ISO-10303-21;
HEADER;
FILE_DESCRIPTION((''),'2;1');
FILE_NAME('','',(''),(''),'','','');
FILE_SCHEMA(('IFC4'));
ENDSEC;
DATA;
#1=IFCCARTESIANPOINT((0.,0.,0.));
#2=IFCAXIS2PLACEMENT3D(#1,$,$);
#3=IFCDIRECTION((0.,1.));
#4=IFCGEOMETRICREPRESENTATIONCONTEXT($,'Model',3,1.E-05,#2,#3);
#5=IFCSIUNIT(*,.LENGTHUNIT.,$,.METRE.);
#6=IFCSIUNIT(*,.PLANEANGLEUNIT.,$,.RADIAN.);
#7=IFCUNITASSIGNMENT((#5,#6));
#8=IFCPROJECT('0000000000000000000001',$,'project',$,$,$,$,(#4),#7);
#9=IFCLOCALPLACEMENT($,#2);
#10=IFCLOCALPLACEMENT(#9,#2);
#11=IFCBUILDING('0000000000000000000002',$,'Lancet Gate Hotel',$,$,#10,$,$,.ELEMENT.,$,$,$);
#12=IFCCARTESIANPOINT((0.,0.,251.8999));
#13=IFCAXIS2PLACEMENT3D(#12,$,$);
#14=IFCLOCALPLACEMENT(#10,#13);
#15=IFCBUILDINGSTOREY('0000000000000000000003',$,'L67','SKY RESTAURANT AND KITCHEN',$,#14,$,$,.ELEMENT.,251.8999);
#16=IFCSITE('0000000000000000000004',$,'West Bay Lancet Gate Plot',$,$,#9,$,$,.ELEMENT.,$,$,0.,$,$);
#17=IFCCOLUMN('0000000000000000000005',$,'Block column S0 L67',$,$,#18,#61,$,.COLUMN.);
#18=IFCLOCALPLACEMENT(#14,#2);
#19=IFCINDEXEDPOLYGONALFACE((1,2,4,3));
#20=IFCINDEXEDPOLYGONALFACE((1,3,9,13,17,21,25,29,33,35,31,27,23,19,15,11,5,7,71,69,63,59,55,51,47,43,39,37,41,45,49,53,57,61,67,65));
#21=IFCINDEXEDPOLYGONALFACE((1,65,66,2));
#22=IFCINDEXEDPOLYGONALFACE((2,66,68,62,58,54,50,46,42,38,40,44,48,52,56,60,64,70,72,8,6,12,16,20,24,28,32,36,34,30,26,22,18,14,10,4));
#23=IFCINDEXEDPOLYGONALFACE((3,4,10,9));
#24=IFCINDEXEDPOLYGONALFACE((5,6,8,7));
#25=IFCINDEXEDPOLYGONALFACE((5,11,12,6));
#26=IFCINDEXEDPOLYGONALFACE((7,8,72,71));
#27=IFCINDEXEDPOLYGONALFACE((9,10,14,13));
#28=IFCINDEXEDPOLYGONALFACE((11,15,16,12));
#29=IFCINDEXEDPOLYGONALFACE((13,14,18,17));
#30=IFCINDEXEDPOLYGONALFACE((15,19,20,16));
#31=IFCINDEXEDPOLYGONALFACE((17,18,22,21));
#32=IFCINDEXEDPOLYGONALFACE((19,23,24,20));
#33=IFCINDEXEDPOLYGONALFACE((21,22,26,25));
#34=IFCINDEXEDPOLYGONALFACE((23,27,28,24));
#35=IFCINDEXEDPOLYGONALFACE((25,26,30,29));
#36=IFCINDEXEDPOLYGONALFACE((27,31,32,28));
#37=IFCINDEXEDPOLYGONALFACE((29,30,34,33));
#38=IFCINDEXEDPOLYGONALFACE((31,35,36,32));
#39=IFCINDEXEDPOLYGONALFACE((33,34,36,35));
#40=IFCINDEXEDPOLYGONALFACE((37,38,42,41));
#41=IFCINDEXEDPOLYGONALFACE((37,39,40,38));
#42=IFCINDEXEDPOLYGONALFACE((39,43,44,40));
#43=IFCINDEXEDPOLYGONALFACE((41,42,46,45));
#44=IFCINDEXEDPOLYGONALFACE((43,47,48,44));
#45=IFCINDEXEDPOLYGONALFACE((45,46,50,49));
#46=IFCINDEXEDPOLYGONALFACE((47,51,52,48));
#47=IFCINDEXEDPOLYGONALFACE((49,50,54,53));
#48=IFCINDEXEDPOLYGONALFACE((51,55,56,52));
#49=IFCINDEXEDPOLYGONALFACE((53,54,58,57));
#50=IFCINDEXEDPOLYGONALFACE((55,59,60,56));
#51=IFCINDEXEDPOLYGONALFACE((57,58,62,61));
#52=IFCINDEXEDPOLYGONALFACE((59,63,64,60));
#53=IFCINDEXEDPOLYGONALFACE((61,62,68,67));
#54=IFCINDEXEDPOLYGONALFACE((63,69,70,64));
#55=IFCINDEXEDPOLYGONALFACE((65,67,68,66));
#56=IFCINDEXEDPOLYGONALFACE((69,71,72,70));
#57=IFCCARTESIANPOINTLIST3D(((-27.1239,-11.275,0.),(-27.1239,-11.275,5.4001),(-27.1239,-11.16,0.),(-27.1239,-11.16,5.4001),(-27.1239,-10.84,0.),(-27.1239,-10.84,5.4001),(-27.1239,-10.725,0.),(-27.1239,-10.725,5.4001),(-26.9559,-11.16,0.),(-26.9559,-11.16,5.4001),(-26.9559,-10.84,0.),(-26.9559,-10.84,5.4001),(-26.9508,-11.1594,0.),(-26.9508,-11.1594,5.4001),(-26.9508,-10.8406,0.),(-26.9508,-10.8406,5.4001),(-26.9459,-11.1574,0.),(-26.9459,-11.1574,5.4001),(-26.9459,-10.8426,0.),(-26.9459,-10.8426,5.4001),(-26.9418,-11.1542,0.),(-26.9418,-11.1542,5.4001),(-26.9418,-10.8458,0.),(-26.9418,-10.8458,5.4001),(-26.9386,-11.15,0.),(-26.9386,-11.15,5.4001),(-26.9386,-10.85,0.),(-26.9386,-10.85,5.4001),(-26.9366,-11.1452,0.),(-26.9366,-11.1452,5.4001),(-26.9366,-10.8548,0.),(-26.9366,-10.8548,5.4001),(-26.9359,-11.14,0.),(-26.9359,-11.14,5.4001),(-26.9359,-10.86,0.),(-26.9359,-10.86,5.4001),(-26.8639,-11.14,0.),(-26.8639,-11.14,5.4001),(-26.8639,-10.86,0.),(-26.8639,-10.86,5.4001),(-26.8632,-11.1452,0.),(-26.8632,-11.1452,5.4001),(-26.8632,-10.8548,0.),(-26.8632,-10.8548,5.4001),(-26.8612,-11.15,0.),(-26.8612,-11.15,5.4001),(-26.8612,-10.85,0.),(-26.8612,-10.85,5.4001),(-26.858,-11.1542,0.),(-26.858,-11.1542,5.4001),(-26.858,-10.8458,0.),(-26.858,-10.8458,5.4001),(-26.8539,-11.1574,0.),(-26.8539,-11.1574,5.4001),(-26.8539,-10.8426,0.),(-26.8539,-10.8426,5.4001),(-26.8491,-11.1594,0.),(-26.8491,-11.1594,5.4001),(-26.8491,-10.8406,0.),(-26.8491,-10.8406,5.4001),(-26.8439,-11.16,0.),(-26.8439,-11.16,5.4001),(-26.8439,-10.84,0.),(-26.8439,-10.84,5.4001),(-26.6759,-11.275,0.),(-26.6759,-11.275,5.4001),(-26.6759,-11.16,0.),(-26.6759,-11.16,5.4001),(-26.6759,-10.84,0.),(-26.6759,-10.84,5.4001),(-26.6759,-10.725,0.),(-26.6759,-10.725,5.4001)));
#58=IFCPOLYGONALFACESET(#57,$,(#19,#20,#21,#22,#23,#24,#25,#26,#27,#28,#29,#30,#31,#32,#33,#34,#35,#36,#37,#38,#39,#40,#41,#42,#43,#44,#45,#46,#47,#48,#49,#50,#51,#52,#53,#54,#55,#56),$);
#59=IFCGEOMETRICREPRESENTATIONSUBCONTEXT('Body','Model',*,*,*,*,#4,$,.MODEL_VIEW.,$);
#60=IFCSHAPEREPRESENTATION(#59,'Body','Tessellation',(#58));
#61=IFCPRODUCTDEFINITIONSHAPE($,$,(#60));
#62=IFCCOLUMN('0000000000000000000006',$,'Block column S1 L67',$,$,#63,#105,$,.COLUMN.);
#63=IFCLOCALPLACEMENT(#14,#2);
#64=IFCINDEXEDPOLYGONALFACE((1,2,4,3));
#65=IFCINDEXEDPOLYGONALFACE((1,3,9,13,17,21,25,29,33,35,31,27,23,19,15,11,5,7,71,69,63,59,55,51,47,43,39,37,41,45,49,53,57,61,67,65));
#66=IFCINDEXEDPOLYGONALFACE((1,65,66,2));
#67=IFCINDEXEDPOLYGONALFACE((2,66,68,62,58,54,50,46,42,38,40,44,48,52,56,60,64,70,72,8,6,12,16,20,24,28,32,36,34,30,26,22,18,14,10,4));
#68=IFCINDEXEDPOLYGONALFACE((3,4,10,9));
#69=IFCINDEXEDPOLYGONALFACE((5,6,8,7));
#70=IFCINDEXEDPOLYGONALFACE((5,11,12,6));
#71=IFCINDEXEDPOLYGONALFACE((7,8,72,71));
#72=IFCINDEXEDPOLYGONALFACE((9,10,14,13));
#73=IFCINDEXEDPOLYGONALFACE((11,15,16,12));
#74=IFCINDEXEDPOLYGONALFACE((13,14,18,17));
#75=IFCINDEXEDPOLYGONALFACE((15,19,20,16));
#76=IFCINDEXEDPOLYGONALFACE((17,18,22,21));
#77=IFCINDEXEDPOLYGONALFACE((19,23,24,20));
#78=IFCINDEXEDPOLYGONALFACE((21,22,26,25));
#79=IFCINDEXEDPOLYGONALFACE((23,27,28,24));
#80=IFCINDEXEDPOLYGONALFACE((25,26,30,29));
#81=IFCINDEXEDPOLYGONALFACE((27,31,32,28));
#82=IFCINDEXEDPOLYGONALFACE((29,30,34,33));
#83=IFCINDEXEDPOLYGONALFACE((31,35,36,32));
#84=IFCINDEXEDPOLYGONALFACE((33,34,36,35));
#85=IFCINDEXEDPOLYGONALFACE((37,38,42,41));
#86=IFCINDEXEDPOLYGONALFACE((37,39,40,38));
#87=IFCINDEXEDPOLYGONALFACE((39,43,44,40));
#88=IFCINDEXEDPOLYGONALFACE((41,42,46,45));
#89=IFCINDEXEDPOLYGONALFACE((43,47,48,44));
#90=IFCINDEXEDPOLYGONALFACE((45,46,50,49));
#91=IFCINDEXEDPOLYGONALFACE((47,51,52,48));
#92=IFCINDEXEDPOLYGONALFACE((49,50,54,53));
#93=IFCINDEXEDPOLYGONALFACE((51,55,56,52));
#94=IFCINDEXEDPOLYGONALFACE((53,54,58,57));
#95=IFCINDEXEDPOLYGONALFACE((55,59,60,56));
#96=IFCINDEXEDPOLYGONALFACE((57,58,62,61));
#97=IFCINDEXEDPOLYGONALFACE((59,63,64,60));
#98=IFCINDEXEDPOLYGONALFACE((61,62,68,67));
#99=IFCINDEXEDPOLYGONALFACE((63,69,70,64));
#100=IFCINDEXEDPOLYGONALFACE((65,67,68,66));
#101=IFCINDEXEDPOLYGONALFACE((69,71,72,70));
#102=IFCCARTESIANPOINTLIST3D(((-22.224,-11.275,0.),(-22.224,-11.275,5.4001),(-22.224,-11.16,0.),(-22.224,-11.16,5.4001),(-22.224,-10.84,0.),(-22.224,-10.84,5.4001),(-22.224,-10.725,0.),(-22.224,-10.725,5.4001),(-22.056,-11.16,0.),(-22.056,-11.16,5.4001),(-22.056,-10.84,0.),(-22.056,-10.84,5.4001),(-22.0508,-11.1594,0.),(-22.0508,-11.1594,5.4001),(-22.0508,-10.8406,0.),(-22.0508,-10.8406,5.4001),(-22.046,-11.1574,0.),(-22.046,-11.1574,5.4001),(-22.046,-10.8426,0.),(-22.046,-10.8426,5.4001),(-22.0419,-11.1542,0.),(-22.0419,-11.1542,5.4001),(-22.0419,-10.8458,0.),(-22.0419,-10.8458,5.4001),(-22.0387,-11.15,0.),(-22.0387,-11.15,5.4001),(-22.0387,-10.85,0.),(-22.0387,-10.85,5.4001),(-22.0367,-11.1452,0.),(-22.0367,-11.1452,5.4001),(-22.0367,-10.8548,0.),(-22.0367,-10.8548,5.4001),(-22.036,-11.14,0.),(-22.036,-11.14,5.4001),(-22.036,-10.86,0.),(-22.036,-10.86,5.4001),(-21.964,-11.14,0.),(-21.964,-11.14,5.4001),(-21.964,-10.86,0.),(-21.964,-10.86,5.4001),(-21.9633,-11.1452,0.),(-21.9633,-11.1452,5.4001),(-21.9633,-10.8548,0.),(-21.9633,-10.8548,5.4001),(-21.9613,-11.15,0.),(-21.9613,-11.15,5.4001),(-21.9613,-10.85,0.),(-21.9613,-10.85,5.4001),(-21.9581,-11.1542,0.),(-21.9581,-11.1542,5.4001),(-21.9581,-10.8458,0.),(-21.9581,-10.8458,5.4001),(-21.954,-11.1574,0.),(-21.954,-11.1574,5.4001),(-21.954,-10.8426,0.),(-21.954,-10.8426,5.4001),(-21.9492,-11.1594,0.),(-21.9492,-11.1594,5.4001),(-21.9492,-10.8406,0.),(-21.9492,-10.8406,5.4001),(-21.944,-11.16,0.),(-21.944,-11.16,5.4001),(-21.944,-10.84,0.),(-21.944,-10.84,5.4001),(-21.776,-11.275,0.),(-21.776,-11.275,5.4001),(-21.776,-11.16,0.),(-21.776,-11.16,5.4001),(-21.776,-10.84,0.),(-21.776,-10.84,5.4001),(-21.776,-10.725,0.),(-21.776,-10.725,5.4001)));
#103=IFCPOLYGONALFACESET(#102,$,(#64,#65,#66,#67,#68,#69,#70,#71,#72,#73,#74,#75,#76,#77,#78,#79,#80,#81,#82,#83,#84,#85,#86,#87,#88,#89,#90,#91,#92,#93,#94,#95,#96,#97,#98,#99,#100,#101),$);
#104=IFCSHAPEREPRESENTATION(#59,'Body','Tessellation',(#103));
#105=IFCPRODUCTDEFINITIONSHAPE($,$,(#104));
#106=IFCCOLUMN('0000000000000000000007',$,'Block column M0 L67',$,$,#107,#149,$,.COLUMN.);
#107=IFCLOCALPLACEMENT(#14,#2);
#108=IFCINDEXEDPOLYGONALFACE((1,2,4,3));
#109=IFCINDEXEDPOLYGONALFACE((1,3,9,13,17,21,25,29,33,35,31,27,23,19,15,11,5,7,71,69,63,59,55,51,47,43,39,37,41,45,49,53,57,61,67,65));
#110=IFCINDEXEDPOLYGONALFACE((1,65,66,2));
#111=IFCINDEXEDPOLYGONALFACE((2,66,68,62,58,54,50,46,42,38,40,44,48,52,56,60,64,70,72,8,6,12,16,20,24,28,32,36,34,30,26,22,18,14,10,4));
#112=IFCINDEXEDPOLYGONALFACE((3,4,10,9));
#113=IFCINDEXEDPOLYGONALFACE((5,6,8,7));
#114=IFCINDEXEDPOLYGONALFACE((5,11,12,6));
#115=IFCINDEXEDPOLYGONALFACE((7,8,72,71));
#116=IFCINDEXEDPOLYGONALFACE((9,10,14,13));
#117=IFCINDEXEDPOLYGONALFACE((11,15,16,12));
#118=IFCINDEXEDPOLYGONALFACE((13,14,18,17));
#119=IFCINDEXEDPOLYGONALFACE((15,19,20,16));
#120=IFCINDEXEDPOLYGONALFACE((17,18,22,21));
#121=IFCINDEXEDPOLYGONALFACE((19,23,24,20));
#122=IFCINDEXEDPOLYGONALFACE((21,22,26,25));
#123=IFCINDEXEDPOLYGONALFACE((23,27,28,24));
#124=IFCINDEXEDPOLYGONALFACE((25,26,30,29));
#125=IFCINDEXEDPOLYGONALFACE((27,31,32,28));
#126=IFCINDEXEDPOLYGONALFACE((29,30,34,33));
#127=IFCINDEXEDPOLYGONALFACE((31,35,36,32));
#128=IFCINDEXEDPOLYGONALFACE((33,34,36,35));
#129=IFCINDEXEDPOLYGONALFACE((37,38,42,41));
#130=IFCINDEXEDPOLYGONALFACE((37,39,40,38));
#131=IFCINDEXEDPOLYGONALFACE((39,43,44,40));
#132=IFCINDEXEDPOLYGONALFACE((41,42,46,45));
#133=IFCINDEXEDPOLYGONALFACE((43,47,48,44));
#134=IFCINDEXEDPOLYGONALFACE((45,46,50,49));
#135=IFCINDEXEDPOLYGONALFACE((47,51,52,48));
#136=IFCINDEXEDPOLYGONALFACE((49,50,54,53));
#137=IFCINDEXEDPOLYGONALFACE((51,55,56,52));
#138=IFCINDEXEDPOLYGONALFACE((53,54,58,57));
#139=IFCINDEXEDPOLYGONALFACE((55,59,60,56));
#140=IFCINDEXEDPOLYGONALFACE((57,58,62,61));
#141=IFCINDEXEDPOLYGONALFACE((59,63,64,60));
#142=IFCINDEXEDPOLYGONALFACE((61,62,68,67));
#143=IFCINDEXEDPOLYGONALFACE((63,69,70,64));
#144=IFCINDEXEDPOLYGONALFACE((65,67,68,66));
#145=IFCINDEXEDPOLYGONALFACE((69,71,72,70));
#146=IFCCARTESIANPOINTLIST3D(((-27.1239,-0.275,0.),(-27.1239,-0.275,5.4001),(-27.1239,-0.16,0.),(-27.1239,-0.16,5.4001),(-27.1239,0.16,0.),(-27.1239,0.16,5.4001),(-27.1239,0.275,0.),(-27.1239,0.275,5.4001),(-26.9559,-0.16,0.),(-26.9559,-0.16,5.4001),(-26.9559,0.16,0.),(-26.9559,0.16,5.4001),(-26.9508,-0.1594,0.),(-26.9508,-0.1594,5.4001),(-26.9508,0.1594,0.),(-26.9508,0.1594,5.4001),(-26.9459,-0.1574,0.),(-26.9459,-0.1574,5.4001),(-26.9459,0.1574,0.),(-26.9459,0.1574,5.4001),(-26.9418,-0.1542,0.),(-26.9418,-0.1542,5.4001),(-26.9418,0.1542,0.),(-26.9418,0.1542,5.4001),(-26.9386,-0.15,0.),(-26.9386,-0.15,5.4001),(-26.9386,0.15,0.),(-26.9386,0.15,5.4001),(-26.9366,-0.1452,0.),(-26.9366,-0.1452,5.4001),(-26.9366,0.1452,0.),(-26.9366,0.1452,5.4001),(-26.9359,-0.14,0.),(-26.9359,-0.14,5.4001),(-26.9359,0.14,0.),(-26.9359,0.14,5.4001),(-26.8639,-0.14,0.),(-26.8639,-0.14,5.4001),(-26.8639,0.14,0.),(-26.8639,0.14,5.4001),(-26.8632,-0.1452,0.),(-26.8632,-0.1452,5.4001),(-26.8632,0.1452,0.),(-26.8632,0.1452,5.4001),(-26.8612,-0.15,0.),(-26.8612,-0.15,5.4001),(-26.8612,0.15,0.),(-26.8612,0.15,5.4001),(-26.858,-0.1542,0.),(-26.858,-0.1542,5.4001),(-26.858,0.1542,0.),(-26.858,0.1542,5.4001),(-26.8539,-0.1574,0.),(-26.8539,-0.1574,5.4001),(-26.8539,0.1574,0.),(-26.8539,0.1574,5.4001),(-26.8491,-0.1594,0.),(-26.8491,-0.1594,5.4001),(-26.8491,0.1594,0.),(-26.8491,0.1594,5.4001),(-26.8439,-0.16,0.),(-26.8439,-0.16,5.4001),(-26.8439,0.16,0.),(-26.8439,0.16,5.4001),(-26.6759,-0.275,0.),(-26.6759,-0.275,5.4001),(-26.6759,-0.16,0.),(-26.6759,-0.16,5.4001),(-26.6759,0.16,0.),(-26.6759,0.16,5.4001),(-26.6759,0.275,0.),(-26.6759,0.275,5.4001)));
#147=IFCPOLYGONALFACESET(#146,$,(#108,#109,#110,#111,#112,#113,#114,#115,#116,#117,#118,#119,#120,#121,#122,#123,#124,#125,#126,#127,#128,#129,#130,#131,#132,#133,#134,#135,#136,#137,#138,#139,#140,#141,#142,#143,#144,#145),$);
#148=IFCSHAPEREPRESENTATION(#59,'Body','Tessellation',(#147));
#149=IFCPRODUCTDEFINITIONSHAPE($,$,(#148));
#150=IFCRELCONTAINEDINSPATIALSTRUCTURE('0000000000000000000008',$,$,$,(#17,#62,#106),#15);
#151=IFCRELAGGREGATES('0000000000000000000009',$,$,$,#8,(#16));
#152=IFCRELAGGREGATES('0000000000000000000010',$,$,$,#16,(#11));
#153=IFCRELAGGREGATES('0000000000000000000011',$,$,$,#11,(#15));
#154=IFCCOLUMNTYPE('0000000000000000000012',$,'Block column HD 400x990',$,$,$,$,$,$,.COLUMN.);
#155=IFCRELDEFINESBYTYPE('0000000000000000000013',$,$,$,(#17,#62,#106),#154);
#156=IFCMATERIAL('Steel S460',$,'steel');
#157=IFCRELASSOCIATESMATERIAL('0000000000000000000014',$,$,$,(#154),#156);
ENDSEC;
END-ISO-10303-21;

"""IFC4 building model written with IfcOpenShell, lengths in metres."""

from ifc_helpers import new_model, si_unit, direction, frame, origin, origin_2d, place, context, subcontext, project, spatial, i_section, extrude, material, material_profile, profile_set, type_object, element, save


model = new_model("IFC4")

# Units and contexts
model_context = context("Model", 3, precision=1e-05, world=origin(), true_north=direction((0.0, 1.0)))
body_context = subcontext(model_context, "Body", "Model", "MODEL_VIEW")
ifc_project = project(units=[si_unit("LENGTHUNIT", "METRE"), si_unit("PLANEANGLEUNIT", "RADIAN")], contexts=[model_context])

# Site, building, storey
site_placement = place(None, origin())
site = spatial("IfcSite", under=ifc_project, at=site_placement, Name="West Bay Lancet Gate Plot", CompositionType="ELEMENT", RefElevation=0.0)
building_placement = place(site_placement, origin())
building = spatial("IfcBuilding", under=site, at=building_placement, Name="Lancet Gate Hotel", CompositionType="ELEMENT")
storey_placement = place(building_placement, frame((0.0, 0.0, 251.8999)))
storey = spatial("IfcBuildingStorey", under=building, at=storey_placement, Name="L67", Description="SKY RESTAURANT AND KITCHEN", CompositionType="ELEMENT", Elevation=251.8999)

# Columns
ifc_material_1 = material(Name="Steel S460", Category="steel")
ifc_material_profile_1 = material_profile(ifc_material_1, i_section(OverallWidth=0.448, OverallDepth=0.55, WebThickness=0.072, FlangeThickness=0.115, FilletRadius=0.02, at=origin_2d()), Name="HD 400x990")
ifc_profile_set_1 = profile_set([ifc_material_profile_1], Name="Steel S460")
column_type_1 = type_object("IfcColumnType", Name="Block column HD 400x990", PredefinedType="COLUMN", material=ifc_profile_set_1)
for number, where, z_axis, x_axis, name in (
    (1, (-26.8999, -11.0, 0.0), (0.0, 0.0, 1.0), (1.0, 0.0, 0.0), "Block column S0 L67"),
    (2, (-22.0, -11.0, 0.0), (0.0, 0.0, 1.0), (1.0, 0.0, 0.0), "Block column S1 L67"),
    (3, (-26.8999, 0.0, 0.0), (0.0, 0.0, 1.0), (1.0, 0.0, 0.0), "Block column M0 L67"),
):
    element("IfcColumn", number, at=place(storey_placement, frame(where, z_axis=z_axis, x_axis=x_axis)), inside=storey, type_object=column_type_1, Name=name, PredefinedType="COLUMN", context=body_context, shape_type="SweptSolid", body=[
        extrude(i_section(OverallWidth=0.448, OverallDepth=0.55, WebThickness=0.072, FlangeThickness=0.115, FilletRadius=0.02, at=origin_2d()), origin(), (0.0, 0.0, 1.0), 5.4001),
    ])

save(model, "model.ifc")
